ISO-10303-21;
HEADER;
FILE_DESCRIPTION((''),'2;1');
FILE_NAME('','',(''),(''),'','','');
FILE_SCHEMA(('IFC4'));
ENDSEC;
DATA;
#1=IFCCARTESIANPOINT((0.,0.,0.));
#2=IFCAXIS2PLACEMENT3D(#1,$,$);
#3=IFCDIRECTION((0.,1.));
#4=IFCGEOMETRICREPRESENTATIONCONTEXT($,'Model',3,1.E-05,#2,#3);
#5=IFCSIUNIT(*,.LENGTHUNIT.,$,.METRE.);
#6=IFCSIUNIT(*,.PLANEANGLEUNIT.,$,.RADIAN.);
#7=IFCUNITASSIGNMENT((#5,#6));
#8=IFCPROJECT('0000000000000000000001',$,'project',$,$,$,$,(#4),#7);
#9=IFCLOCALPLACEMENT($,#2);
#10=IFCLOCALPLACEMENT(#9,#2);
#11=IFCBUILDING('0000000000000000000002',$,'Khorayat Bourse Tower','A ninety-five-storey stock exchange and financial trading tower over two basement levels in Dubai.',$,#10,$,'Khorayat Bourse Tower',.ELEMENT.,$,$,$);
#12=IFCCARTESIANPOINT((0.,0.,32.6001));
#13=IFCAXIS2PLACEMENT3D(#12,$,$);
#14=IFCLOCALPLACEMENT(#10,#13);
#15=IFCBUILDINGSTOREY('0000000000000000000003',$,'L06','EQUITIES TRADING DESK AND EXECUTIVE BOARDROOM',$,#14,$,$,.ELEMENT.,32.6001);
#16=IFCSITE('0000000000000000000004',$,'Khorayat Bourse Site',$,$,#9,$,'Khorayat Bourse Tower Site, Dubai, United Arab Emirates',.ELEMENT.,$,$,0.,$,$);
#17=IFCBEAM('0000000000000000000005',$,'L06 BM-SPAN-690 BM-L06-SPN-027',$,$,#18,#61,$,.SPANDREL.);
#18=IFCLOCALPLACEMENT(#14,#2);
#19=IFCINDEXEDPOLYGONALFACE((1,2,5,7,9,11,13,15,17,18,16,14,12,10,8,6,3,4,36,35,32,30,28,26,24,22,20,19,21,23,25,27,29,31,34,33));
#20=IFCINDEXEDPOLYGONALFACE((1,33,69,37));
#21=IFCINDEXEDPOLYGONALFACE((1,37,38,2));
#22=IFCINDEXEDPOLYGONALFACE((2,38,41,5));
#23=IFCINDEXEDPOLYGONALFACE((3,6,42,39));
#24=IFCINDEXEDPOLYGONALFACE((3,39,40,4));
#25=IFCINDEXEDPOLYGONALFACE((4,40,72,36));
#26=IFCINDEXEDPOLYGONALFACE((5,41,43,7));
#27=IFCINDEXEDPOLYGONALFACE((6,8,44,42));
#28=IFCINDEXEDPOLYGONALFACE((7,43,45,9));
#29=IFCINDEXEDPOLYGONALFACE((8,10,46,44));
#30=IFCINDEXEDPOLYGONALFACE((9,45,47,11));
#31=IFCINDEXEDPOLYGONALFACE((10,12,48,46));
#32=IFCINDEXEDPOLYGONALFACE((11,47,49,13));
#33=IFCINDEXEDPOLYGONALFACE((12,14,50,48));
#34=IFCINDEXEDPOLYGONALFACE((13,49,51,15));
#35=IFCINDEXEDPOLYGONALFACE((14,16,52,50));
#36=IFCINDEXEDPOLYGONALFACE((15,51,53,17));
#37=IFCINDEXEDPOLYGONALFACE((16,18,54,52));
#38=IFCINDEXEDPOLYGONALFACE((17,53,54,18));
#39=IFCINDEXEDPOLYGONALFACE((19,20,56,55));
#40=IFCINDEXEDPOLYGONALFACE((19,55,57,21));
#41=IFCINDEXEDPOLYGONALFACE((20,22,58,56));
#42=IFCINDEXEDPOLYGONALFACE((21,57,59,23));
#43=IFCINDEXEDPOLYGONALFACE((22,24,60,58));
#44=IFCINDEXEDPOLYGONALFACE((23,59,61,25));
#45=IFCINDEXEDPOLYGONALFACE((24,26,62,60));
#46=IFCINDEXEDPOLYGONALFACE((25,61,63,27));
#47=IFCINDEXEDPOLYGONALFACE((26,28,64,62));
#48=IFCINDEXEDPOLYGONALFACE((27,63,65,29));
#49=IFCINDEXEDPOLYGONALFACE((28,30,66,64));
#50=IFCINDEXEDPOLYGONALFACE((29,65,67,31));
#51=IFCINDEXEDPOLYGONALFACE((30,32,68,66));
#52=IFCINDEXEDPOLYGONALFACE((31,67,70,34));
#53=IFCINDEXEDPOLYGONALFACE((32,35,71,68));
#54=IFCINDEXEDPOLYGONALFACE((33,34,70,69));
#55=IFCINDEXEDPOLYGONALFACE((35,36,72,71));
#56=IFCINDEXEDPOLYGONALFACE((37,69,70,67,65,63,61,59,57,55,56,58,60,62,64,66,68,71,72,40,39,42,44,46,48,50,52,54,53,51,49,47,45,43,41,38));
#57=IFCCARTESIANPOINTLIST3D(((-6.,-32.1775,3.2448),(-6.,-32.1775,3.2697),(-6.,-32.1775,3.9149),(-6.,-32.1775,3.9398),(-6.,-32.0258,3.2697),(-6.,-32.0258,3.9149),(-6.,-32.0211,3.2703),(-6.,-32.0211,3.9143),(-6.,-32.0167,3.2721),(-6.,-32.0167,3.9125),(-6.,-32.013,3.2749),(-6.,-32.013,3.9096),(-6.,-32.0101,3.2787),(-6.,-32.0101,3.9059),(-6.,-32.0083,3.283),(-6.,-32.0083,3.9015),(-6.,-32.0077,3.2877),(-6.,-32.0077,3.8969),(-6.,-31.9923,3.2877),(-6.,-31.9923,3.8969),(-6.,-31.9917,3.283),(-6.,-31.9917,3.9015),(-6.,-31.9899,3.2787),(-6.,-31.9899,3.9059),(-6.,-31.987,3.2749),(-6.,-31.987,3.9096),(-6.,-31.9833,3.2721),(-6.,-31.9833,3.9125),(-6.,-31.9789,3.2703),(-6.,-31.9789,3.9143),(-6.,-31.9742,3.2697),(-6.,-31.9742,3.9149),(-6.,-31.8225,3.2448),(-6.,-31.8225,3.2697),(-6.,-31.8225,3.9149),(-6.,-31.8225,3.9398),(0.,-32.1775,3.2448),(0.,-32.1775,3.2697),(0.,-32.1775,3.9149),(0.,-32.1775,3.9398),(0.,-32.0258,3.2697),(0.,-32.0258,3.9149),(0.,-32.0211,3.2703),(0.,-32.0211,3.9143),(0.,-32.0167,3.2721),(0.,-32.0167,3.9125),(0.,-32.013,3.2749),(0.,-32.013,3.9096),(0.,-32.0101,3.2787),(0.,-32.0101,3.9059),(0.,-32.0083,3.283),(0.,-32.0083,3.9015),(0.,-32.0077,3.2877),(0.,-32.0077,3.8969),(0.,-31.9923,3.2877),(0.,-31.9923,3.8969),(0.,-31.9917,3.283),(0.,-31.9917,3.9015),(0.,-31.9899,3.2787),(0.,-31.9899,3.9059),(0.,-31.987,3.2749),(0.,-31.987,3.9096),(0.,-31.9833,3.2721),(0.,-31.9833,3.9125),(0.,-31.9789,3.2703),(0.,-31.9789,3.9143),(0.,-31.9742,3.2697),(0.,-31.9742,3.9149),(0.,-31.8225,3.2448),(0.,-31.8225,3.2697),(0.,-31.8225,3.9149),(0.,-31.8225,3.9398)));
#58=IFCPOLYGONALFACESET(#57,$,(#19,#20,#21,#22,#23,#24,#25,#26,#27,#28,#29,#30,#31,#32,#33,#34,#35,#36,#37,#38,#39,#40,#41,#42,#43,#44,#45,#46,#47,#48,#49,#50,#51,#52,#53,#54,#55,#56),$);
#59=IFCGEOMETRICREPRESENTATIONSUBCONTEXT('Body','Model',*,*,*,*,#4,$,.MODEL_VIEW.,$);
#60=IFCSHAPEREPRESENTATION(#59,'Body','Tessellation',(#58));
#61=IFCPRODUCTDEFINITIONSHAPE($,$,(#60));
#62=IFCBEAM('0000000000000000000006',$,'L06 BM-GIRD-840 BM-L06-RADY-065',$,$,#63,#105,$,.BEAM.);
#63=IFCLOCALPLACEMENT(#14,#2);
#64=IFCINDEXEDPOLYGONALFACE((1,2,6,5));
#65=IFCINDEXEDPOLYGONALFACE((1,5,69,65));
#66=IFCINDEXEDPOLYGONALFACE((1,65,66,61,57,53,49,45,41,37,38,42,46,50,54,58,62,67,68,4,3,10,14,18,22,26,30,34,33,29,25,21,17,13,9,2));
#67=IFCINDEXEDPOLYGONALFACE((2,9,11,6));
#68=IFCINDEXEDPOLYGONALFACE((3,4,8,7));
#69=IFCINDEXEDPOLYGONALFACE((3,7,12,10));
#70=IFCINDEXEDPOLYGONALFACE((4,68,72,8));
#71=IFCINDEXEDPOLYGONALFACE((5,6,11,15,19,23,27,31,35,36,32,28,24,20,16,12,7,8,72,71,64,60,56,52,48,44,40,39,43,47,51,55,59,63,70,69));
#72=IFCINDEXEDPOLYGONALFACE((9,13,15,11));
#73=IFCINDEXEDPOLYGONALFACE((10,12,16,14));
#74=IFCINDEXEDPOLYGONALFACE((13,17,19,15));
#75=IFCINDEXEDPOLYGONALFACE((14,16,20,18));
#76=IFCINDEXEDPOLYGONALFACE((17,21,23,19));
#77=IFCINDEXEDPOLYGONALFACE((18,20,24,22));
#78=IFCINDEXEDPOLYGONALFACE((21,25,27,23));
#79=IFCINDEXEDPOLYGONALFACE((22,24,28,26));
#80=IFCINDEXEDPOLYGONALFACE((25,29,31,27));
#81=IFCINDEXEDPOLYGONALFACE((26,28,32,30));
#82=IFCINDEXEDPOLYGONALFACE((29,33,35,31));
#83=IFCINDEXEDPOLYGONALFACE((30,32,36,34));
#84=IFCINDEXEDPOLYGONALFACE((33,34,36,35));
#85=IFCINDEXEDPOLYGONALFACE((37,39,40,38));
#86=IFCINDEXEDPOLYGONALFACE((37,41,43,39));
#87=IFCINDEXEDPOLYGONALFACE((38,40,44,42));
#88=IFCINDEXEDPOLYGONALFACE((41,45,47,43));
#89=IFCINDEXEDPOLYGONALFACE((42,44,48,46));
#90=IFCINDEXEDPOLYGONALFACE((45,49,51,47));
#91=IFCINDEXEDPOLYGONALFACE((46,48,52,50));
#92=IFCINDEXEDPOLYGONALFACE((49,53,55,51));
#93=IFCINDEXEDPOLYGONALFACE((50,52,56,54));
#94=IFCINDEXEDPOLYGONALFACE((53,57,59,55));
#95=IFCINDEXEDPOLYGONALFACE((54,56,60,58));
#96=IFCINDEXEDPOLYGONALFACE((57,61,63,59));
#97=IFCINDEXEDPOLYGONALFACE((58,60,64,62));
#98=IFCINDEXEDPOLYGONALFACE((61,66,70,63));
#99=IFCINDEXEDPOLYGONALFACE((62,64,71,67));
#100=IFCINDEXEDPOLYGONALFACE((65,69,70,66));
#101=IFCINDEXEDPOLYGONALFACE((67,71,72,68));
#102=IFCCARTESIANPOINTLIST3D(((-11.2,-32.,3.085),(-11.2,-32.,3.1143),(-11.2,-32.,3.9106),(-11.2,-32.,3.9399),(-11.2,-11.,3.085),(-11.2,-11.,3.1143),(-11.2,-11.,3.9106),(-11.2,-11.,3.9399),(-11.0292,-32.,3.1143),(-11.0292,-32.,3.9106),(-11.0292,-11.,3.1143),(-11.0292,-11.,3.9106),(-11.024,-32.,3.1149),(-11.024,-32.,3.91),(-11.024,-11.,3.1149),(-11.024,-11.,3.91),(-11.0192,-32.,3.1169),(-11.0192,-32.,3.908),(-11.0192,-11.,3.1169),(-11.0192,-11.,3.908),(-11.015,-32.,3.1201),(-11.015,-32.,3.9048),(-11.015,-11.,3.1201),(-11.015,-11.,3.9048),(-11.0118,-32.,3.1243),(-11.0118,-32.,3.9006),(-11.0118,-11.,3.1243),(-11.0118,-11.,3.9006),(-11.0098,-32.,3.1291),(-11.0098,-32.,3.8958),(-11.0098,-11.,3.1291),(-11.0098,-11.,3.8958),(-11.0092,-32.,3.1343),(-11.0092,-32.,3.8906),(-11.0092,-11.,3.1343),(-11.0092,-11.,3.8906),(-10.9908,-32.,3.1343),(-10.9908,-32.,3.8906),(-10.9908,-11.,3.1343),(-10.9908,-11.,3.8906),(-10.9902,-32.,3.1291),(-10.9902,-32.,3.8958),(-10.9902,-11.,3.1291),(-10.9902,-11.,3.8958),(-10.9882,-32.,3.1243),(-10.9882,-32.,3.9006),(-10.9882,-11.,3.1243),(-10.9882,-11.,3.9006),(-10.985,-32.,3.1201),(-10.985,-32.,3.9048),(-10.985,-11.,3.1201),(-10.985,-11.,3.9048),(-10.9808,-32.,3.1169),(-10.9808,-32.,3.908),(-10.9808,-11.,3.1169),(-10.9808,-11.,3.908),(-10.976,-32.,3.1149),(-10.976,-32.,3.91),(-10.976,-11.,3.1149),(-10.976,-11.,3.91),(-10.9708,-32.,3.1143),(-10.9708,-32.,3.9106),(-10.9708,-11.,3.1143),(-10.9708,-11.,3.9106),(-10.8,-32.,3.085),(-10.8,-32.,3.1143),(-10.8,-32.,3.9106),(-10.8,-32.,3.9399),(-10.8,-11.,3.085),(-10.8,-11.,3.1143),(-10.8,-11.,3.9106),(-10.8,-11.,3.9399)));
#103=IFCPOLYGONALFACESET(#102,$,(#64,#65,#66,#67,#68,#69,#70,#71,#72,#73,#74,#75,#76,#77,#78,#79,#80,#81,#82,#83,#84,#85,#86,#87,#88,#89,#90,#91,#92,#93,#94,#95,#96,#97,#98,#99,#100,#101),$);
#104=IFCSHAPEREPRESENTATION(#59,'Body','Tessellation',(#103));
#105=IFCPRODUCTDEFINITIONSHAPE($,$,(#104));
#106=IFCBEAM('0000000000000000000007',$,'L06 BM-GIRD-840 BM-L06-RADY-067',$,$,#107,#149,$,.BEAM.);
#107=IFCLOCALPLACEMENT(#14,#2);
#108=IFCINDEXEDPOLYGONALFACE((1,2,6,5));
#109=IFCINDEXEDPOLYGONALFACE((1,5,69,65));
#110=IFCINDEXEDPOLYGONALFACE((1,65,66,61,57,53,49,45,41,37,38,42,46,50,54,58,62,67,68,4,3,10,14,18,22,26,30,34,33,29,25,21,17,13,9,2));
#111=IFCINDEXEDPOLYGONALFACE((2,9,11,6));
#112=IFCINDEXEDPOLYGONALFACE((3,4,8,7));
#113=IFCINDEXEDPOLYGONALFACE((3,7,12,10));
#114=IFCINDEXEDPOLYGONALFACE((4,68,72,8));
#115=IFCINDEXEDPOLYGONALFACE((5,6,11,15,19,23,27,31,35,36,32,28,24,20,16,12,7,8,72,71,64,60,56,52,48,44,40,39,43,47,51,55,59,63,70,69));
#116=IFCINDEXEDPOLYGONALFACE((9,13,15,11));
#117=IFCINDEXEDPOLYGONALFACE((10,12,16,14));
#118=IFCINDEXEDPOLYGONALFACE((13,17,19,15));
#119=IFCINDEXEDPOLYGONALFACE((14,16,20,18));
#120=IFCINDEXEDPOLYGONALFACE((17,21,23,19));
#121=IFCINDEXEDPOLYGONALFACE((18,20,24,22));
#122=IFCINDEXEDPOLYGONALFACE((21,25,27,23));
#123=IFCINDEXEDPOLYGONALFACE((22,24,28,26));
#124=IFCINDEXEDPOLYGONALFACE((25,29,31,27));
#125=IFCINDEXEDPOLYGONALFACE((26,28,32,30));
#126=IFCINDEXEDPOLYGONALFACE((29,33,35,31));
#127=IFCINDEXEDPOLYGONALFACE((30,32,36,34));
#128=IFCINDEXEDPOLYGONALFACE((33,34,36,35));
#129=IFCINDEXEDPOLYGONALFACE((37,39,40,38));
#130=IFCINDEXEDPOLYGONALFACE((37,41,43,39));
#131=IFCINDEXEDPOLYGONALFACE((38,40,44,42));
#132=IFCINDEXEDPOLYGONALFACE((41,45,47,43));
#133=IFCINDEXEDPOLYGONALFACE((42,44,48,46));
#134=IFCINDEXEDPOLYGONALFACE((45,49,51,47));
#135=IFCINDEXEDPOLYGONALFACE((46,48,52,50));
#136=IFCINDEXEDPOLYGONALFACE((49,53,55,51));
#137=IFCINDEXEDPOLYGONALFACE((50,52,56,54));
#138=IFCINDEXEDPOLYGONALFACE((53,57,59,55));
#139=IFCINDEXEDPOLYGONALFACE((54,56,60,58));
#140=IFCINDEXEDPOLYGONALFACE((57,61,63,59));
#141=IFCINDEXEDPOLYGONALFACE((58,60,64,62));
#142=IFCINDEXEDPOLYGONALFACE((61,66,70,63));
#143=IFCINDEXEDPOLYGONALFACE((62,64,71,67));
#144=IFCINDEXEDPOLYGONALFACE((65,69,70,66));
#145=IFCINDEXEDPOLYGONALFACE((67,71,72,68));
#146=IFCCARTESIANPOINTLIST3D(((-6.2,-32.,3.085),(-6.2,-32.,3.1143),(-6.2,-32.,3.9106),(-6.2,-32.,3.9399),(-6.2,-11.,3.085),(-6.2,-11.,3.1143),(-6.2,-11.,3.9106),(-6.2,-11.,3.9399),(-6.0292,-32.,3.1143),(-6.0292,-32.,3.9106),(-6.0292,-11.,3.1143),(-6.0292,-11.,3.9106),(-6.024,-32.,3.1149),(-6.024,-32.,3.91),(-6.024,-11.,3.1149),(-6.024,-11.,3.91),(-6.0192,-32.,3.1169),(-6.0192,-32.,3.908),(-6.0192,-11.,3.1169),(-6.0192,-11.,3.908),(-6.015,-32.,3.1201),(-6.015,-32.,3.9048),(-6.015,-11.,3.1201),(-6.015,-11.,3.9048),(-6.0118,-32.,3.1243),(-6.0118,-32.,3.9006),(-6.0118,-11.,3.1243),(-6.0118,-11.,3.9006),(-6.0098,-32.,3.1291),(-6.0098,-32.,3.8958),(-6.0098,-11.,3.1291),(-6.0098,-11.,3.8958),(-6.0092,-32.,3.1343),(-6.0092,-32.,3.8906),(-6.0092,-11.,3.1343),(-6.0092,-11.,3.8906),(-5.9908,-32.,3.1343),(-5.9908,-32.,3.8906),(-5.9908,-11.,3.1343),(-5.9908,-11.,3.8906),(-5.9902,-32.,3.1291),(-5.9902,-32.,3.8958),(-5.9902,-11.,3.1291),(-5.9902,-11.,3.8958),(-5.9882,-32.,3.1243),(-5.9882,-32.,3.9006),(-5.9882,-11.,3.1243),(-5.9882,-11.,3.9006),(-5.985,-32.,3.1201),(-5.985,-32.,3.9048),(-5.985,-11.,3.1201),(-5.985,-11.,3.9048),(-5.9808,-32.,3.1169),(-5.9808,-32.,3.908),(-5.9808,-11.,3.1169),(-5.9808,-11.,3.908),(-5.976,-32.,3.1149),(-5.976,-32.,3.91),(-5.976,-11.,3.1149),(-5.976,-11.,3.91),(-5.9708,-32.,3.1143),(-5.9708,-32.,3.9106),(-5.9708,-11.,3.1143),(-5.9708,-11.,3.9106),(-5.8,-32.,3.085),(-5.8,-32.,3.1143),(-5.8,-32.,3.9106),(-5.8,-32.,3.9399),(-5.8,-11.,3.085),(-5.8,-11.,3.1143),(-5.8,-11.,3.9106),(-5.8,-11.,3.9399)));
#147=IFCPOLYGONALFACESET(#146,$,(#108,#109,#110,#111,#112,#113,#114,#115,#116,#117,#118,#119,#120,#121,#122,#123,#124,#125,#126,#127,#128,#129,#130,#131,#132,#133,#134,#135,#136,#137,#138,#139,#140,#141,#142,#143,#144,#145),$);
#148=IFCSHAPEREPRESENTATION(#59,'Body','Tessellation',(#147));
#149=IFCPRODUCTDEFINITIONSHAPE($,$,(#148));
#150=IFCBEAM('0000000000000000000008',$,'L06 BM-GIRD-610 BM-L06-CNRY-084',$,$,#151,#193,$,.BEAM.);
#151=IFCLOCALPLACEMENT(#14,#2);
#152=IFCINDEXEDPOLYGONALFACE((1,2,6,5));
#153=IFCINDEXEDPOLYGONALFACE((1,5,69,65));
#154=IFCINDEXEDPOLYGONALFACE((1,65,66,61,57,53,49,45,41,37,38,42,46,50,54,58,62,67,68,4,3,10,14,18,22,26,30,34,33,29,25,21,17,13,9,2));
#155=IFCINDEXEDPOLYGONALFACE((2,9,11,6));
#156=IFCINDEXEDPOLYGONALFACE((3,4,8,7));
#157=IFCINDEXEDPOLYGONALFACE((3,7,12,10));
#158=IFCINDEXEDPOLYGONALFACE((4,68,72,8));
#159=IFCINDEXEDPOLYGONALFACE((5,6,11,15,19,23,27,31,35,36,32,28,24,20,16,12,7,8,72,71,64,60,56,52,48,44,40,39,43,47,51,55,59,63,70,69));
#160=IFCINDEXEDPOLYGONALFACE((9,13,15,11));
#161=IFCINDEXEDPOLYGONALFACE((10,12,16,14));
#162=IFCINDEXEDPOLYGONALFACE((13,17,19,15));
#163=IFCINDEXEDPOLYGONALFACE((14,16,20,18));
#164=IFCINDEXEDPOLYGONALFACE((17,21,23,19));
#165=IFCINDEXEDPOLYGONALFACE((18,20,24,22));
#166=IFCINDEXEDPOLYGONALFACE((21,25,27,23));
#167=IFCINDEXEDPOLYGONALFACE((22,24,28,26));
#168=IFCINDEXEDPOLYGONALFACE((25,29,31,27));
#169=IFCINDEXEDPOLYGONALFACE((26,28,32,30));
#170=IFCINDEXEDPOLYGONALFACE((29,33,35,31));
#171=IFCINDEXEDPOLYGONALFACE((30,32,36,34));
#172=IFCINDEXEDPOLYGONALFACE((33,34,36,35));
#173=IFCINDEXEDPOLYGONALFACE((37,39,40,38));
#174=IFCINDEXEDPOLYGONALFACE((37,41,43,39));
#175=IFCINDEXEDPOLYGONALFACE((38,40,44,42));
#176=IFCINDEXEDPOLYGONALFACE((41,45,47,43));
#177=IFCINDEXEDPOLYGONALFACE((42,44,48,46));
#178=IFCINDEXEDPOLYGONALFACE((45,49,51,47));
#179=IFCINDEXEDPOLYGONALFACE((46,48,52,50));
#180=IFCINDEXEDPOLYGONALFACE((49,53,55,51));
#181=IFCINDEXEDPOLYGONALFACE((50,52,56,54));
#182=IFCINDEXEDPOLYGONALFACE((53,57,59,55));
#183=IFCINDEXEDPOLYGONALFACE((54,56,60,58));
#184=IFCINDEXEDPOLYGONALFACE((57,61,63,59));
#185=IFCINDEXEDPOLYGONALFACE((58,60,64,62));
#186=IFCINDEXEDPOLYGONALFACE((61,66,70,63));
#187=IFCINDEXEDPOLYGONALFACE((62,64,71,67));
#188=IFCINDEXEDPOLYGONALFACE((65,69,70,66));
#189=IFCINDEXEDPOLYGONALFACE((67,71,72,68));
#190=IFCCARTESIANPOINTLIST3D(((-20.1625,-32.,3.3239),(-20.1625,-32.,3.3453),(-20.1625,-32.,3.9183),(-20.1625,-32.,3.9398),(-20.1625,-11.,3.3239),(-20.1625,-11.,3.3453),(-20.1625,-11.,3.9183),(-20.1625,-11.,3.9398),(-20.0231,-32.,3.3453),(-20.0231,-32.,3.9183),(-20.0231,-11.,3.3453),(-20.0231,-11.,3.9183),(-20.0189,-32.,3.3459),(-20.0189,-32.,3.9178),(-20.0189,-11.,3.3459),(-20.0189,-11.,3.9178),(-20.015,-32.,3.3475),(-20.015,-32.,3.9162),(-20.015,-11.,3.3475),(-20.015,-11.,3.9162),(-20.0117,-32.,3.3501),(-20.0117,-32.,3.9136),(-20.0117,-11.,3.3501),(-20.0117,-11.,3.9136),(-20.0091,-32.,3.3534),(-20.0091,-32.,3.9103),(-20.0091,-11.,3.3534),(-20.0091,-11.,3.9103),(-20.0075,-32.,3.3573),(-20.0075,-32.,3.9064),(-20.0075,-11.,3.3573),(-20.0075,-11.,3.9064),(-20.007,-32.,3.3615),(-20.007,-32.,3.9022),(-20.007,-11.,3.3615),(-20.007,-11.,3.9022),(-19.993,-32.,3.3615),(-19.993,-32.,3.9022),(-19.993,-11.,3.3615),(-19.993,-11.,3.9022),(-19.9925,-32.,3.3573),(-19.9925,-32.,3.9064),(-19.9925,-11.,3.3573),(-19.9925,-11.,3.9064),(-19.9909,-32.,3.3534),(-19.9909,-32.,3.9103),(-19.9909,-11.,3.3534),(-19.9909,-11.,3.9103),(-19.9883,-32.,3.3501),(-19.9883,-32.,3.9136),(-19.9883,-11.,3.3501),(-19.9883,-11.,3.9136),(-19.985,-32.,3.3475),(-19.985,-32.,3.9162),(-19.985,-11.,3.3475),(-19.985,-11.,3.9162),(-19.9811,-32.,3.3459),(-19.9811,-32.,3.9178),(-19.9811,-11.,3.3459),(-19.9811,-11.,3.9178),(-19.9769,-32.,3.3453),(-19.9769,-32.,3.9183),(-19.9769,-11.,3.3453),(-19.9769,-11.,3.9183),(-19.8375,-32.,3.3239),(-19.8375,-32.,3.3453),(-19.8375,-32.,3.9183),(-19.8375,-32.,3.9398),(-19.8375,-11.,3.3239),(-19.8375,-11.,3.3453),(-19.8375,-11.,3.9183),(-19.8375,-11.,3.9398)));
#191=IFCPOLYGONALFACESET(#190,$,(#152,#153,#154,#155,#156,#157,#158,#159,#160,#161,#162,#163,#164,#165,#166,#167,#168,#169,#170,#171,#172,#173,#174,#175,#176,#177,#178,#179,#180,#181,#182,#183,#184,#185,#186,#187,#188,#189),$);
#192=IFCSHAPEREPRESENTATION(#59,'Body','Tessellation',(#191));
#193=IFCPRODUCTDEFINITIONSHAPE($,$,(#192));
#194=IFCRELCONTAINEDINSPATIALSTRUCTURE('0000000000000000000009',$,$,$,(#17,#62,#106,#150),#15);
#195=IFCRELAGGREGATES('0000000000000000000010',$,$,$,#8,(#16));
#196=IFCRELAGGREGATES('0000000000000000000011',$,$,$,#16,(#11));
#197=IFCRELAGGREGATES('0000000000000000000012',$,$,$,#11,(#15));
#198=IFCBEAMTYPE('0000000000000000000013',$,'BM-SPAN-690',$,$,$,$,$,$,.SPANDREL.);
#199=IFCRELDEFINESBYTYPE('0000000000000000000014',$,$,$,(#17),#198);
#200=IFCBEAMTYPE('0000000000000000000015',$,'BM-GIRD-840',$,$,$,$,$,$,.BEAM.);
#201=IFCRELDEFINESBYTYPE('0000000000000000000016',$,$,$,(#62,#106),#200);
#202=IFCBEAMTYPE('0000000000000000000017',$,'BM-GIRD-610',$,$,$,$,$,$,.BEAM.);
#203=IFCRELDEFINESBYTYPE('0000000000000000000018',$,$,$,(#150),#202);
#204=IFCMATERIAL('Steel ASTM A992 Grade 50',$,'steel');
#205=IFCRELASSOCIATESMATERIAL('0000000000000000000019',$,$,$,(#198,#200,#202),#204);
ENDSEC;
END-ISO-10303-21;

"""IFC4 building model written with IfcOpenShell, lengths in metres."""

from ifc_helpers import new_model, si_unit, direction, frame, origin, origin_2d, place, context, subcontext, project, spatial, i_section, extrude, source, transform, mapped, material, material_profile, profile_set, type_object, element, save


model = new_model("IFC4")

# Units and contexts
model_context = context("Model", 3, precision=1e-05, world=origin(), true_north=direction((0.0, 1.0)))
body_context = subcontext(model_context, "Body", "Model", "MODEL_VIEW")
ifc_project = project(units=[si_unit("LENGTHUNIT", "METRE"), si_unit("PLANEANGLEUNIT", "RADIAN")], contexts=[model_context])

# Site, building, storey
site_placement = place(None, origin())
site = spatial("IfcSite", under=ifc_project, at=site_placement, Name="Khorayat Bourse Site", LongName="Khorayat Bourse Tower Site, Dubai, United Arab Emirates", CompositionType="ELEMENT", RefElevation=0.0)
building_placement = place(site_placement, origin())
building = spatial("IfcBuilding", under=site, at=building_placement, Name="Khorayat Bourse Tower", Description="A ninety-five-storey stock exchange and financial trading tower over two basement levels in Dubai.", LongName="Khorayat Bourse Tower", CompositionType="ELEMENT")
storey_placement = place(building_placement, frame((0.0, 0.0, 32.6001)))
storey = spatial("IfcBuildingStorey", under=building, at=storey_placement, Name="L06", Description="EQUITIES TRADING DESK AND EXECUTIVE BOARDROOM", CompositionType="ELEMENT", Elevation=32.6001)

# Beams
ifc_material_1 = material(Name="Steel ASTM A992 Grade 50", Category="steel")
ifc_material_profile_1 = material_profile(ifc_material_1, i_section(OverallWidth=0.355, OverallDepth=0.6951, WebThickness=0.0154, FlangeThickness=0.0249, FilletRadius=0.0181, at=origin_2d()), Name="W690X217")
ifc_profile_set_1 = profile_set([ifc_material_profile_1], Name="Steel ASTM A992 Grade 50")
beam_type_1 = type_object("IfcBeamType", Name="BM-SPAN-690", PredefinedType="SPANDREL", material=ifc_profile_set_1)
shared_shape_1 = source(origin(), body_context, "Body", "SweptSolid", [
    extrude(i_section(OverallWidth=0.355, OverallDepth=0.6951, WebThickness=0.0154, FlangeThickness=0.0249, FilletRadius=0.0181, at=origin_2d()), origin(), (0.0, 0.0, 1.0), 6.0),
])
beam_1_placement = place(storey_placement, frame((-6.0, -32.0, 3.5923), z_axis=(1.0, 0.0, 0.0), x_axis=(0.0, 1.0, 0.0)))
element("IfcBeam", 1, at=beam_1_placement, inside=storey, type_object=beam_type_1, Name="L06 BM-SPAN-690 BM-L06-SPN-027", PredefinedType="SPANDREL", context=body_context, shape_type="MappedRepresentation", body=[
    mapped(shared_shape_1, transform((0.0, 0.0, 0.0), scale=1.0)),
])
ifc_material_profile_2 = material_profile(ifc_material_1, i_section(OverallWidth=0.3999, OverallDepth=0.855, WebThickness=0.0183, FlangeThickness=0.0293, FilletRadius=0.02, at=origin_2d()), Name="W840X299")
ifc_profile_set_2 = profile_set([ifc_material_profile_2], Name="Steel ASTM A992 Grade 50")
beam_type_2 = type_object("IfcBeamType", Name="BM-GIRD-840", PredefinedType="BEAM", material=ifc_profile_set_2)
shared_shape_2 = source(origin(), body_context, "Body", "SweptSolid", [
    extrude(i_section(OverallWidth=0.3999, OverallDepth=0.855, WebThickness=0.0183, FlangeThickness=0.0293, FilletRadius=0.02, at=origin_2d()), origin(), (0.0, 0.0, 1.0), 21.0),
])
for number, where, z_axis, x_axis, name in (
    (2, (-11.0, -32.0, 3.5125), (0.0, 1.0, 0.0), (-1.0, 0.0, 0.0), "L06 BM-GIRD-840 BM-L06-RADY-065"),
    (3, (-6.0, -32.0, 3.5125), (0.0, 1.0, 0.0), (-1.0, 0.0, 0.0), "L06 BM-GIRD-840 BM-L06-RADY-067"),
):
    element("IfcBeam", number, at=place(storey_placement, frame(where, z_axis=z_axis, x_axis=x_axis)), inside=storey, type_object=beam_type_2, Name=name, PredefinedType="BEAM", context=body_context, shape_type="MappedRepresentation", body=[
        mapped(shared_shape_2, transform((0.0, 0.0, 0.0), scale=1.0)),
    ])
ifc_material_profile_3 = material_profile(ifc_material_1, i_section(OverallWidth=0.325, OverallDepth=0.616, WebThickness=0.0139, FlangeThickness=0.0215, FilletRadius=0.0161, at=origin_2d()), Name="W610X174")
ifc_profile_set_3 = profile_set([ifc_material_profile_3], Name="Steel ASTM A992 Grade 50")
beam_type_3 = type_object("IfcBeamType", Name="BM-GIRD-610", PredefinedType="BEAM", material=ifc_profile_set_3)
shared_shape_3 = source(origin(), body_context, "Body", "SweptSolid", [
    extrude(i_section(OverallWidth=0.325, OverallDepth=0.616, WebThickness=0.0139, FlangeThickness=0.0215, FilletRadius=0.0161, at=origin_2d()), origin(), (0.0, 0.0, 1.0), 21.0),
])
beam_2_placement = place(storey_placement, frame((-20.0, -32.0, 3.6318), z_axis=(0.0, 1.0, 0.0), x_axis=(-1.0, 0.0, 0.0)))
element("IfcBeam", 4, at=beam_2_placement, inside=storey, type_object=beam_type_3, Name="L06 BM-GIRD-610 BM-L06-CNRY-084", PredefinedType="BEAM", context=body_context, shape_type="MappedRepresentation", body=[
    mapped(shared_shape_3, transform((0.0, 0.0, 0.0), scale=1.0)),
])

save(model, "model.ifc")
